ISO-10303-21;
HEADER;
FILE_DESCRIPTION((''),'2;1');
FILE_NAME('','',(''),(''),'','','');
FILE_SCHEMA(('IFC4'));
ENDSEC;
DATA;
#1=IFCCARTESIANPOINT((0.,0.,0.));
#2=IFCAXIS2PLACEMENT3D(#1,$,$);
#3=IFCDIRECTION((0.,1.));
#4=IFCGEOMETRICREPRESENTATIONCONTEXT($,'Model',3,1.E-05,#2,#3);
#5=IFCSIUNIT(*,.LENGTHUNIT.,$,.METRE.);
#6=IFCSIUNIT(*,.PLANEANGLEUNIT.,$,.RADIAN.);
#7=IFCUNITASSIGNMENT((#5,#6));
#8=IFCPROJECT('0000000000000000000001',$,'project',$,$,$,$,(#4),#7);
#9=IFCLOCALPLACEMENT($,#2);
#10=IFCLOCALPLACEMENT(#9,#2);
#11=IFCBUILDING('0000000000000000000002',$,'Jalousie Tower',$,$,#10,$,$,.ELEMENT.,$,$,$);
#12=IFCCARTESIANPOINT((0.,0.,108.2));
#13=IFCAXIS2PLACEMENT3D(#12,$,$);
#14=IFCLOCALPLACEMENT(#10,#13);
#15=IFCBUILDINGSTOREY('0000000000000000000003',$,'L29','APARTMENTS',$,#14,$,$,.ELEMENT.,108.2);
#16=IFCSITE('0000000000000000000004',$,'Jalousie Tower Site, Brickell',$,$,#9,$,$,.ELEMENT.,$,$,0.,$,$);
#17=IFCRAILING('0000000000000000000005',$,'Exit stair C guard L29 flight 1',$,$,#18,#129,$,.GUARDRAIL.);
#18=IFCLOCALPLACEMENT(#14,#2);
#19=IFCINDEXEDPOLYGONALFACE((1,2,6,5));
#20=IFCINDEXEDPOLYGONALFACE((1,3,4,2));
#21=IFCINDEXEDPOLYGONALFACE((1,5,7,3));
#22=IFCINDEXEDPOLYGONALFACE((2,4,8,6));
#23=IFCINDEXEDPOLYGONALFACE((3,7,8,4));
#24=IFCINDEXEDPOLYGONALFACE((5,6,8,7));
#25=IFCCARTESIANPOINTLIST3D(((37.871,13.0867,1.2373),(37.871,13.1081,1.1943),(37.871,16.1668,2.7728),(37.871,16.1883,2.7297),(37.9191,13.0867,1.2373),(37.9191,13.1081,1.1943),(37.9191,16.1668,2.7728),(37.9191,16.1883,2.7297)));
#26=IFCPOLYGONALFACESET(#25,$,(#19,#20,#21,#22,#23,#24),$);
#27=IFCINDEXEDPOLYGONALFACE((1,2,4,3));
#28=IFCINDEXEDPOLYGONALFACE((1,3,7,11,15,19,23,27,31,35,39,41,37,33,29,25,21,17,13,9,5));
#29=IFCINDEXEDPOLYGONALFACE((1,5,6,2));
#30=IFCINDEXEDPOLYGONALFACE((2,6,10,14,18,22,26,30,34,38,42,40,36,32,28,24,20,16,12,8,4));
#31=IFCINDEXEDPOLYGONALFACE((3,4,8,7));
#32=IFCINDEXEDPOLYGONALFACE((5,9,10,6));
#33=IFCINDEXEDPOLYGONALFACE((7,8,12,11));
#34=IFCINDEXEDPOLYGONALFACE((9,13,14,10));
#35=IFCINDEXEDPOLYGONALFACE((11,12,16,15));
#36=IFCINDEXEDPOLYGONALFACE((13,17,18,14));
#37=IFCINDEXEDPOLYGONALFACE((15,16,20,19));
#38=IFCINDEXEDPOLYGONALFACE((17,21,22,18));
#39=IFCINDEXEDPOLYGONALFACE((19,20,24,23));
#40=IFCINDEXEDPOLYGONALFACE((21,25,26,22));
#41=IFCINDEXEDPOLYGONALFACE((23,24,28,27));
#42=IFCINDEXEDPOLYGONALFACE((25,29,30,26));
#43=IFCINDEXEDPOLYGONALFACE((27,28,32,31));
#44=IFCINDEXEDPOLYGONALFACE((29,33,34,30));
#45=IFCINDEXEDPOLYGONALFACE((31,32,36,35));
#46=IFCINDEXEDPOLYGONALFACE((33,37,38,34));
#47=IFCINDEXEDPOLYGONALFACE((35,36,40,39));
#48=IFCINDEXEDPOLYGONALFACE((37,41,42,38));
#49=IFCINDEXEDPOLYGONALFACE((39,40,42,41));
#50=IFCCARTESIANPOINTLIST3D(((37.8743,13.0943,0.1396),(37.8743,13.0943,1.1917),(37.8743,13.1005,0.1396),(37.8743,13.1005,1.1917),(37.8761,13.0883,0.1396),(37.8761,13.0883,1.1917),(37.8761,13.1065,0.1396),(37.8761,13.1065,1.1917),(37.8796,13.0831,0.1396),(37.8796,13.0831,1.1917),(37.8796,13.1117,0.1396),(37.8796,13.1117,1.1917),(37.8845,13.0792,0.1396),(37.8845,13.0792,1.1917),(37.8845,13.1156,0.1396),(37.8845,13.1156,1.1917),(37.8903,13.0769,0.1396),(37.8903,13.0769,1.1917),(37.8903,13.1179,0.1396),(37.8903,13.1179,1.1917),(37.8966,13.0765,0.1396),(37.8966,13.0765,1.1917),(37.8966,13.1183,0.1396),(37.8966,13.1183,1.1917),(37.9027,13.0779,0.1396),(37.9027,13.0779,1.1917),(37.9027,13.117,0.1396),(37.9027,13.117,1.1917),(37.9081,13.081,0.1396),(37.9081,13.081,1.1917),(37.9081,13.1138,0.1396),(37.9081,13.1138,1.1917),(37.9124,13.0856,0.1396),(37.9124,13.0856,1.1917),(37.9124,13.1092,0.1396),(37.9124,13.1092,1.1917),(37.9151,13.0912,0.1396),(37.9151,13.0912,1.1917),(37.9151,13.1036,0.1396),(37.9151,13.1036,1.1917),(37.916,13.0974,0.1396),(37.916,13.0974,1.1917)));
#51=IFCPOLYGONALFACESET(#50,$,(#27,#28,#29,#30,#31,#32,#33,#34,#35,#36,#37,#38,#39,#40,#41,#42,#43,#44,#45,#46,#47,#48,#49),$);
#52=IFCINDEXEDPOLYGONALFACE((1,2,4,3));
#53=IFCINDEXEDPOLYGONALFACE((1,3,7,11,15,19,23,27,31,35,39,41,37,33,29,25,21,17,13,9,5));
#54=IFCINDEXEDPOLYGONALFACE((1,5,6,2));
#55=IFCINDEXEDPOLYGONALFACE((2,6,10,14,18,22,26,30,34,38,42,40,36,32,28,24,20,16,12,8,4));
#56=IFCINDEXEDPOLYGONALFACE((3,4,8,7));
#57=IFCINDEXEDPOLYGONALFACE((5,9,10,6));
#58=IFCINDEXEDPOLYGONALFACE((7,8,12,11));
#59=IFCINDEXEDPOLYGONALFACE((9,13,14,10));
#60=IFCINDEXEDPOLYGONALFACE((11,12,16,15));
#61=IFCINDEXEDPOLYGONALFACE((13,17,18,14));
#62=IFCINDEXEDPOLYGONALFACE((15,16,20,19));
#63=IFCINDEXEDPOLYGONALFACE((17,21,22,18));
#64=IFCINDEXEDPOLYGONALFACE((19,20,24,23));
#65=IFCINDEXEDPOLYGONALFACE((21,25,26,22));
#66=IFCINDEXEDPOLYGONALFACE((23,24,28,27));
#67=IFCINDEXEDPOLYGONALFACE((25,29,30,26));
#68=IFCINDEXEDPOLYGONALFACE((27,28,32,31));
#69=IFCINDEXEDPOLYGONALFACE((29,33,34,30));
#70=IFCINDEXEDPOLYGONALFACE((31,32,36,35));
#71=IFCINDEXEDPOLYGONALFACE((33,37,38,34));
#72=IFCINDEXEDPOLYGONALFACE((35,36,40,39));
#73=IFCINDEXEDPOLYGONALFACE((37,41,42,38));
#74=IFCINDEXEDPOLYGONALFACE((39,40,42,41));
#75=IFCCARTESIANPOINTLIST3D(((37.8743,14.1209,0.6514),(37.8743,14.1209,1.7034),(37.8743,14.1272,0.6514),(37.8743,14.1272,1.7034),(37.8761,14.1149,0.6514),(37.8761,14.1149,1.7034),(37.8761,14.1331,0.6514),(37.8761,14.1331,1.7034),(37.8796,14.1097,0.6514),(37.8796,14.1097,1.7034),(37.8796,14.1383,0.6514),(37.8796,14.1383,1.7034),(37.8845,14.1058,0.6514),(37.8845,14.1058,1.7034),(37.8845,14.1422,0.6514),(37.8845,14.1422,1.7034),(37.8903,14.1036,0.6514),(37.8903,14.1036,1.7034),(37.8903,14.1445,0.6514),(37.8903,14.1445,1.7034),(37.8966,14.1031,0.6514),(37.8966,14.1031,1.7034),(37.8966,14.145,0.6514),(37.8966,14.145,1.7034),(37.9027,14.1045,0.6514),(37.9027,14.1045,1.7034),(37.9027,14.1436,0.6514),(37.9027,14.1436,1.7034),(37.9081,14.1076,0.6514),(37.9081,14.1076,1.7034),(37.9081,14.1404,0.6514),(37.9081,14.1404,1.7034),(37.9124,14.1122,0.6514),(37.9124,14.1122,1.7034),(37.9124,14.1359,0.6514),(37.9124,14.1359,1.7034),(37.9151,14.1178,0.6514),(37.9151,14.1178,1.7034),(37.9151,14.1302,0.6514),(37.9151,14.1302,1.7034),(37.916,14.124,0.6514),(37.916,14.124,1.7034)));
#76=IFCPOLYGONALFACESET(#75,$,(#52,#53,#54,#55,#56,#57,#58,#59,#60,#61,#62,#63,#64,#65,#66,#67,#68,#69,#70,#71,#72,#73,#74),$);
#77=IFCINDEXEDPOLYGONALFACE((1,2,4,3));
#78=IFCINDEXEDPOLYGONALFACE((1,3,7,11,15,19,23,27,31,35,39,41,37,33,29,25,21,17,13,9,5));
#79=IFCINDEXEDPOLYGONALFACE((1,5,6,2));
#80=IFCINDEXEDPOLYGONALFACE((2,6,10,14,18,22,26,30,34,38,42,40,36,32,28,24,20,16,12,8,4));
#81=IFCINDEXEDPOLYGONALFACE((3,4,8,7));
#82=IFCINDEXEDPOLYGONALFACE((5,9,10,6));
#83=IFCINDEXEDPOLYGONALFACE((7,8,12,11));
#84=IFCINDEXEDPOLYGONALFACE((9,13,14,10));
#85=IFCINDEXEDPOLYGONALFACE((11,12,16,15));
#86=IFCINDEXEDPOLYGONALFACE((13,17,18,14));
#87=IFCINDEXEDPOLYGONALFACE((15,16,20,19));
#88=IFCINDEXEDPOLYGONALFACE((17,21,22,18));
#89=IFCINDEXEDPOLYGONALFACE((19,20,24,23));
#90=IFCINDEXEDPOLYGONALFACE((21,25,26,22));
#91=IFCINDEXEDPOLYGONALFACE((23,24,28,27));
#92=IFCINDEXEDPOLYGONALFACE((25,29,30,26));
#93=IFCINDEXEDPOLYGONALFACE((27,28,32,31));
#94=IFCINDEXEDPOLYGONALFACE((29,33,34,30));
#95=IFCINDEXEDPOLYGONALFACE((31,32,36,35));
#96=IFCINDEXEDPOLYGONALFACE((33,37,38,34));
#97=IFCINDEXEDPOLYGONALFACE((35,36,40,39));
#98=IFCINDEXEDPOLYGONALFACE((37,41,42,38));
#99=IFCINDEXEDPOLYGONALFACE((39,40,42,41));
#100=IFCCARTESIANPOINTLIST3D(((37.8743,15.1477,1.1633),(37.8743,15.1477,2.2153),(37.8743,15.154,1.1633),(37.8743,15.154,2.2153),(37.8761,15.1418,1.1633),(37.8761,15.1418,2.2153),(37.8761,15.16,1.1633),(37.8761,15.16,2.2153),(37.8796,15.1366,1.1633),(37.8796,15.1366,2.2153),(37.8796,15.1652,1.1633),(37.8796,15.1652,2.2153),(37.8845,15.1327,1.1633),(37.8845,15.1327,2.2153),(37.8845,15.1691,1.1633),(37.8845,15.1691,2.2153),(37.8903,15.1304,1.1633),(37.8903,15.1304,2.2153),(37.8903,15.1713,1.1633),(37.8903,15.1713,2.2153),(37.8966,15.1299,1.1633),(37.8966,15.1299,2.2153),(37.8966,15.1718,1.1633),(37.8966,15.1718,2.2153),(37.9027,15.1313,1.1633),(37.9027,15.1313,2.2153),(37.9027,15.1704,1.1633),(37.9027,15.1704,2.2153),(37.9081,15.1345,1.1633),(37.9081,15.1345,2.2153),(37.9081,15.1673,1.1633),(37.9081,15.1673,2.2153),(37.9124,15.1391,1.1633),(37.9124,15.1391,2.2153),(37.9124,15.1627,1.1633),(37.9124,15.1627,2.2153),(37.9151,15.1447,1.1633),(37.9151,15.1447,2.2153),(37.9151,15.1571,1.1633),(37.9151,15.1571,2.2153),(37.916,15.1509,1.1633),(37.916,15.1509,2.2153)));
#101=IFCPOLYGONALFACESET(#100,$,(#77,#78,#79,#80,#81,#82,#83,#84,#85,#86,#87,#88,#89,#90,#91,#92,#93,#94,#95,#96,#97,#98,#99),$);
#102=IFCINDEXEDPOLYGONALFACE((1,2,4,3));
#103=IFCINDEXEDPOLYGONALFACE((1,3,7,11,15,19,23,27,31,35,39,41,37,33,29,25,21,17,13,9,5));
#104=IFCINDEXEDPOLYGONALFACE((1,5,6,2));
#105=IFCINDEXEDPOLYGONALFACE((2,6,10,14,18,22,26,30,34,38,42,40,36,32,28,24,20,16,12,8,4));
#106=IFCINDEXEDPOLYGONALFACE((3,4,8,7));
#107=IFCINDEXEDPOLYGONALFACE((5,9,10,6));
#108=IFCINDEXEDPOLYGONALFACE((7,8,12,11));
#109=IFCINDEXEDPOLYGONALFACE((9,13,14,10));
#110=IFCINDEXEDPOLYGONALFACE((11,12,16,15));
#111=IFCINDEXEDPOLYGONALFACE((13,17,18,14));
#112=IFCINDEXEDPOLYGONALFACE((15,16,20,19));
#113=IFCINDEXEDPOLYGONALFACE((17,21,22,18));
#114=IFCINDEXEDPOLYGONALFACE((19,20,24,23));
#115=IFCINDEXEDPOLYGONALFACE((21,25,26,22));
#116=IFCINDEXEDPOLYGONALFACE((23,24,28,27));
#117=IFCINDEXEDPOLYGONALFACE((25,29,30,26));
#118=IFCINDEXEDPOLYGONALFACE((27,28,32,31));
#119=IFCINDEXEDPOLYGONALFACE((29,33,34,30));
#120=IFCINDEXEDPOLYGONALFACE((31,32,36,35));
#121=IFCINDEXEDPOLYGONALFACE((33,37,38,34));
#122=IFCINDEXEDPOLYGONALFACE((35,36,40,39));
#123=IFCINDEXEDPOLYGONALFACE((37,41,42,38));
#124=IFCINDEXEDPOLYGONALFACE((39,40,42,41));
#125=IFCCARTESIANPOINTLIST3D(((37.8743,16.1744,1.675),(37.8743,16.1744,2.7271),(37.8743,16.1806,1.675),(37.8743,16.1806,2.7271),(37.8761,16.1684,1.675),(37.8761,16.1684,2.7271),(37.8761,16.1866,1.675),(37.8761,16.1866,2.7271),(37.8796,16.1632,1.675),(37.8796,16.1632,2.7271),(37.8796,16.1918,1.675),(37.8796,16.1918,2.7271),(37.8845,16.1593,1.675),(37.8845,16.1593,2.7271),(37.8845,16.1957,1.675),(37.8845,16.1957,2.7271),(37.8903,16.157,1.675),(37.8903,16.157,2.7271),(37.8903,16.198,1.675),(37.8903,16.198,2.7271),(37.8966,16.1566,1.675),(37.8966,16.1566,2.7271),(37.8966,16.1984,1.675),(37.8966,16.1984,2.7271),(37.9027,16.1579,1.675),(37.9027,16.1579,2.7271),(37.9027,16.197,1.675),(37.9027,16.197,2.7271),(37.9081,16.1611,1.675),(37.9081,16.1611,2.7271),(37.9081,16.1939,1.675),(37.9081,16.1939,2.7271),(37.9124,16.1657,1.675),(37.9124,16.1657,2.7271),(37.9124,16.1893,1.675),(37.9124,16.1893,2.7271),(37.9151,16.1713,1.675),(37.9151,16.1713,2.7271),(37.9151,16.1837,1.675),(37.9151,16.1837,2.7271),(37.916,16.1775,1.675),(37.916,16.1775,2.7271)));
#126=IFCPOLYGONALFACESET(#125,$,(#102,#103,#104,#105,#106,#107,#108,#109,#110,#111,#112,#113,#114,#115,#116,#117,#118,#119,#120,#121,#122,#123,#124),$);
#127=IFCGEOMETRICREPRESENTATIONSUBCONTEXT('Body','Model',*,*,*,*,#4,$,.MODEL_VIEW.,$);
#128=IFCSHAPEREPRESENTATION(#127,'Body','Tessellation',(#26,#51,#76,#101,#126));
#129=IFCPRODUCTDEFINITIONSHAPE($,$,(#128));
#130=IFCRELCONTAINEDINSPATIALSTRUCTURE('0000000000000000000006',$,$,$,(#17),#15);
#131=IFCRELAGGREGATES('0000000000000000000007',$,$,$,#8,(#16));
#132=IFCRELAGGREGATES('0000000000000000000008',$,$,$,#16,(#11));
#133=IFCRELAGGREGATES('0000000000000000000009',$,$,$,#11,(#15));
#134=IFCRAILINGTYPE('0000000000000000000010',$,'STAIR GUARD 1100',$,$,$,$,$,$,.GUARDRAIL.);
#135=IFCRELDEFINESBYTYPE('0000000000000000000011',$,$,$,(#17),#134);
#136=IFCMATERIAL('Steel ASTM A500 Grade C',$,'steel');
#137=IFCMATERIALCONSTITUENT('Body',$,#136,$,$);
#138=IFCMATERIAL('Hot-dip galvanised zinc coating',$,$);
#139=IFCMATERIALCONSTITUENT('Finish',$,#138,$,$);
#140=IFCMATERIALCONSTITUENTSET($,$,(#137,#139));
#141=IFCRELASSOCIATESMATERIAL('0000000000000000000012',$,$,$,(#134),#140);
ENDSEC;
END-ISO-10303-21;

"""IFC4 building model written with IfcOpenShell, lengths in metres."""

from ifc_helpers import new_model, si_unit, direction, frame, origin, origin_2d, place, context, subcontext, project, spatial, rectangle, circle, extrude, material, constituent, constituent_set, type_object, element, save


model = new_model("IFC4")

# Units and contexts
model_context = context("Model", 3, precision=1e-05, world=origin(), true_north=direction((0.0, 1.0)))
body_context = subcontext(model_context, "Body", "Model", "MODEL_VIEW")
ifc_project = project(units=[si_unit("LENGTHUNIT", "METRE"), si_unit("PLANEANGLEUNIT", "RADIAN")], contexts=[model_context])

# Site, building, storey
site_placement = place(None, origin())
site = spatial("IfcSite", under=ifc_project, at=site_placement, Name="Jalousie Tower Site, Brickell", CompositionType="ELEMENT", RefElevation=0.0)
building_placement = place(site_placement, origin())
building = spatial("IfcBuilding", under=site, at=building_placement, Name="Jalousie Tower", CompositionType="ELEMENT")
storey_placement = place(building_placement, frame((0.0, 0.0, 108.2)))
storey = spatial("IfcBuildingStorey", under=building, at=storey_placement, Name="L29", Description="APARTMENTS", CompositionType="ELEMENT", Elevation=108.2)

# Railing
ifc_material_1 = material(Name="Steel ASTM A500 Grade C", Category="steel")
ifc_constituent_1 = constituent(ifc_material_1, Name="Body")
ifc_material_2 = material(Name="Hot-dip galvanised zinc coating")
ifc_constituent_2 = constituent(ifc_material_2, Name="Finish")
ifc_constituent_set_1 = constituent_set(constituents=[ifc_constituent_1, ifc_constituent_2])
railing_type_1 = type_object("IfcRailingType", Name="STAIR GUARD 1100", PredefinedType="GUARDRAIL", material=ifc_constituent_set_1)
railing_1_placement = place(storey_placement, frame((37.895, 13.0974, 0.1396)))
element("IfcRailing", 1, at=railing_1_placement, inside=storey, type_object=railing_type_1, Name="Exit stair C guard L29 flight 1", PredefinedType="GUARDRAIL", context=body_context, shape_type="SweptSolid", body=[
    extrude(rectangle(XDim=0.0481, YDim=0.0481, at=origin_2d()), frame((0.0, 0.0, 1.0762), z_axis=(0.0, 0.894966, 0.446135), x_axis=(-1.0, 0.0, 0.0)), (0.0, 0.0, 1.0), 3.4417),
    extrude(circle(Radius=0.021, at=origin_2d()), origin(), (0.0, 0.0, 1.0), 1.052),
    extrude(circle(Radius=0.021, at=origin_2d()), frame((0.0, 1.0266, 0.5117)), (0.0, 0.0, 1.0), 1.052),
    extrude(circle(Radius=0.021, at=origin_2d()), frame((0.0, 2.0535, 1.0237)), (0.0, 0.0, 1.0), 1.052),
    extrude(circle(Radius=0.021, at=origin_2d()), frame((0.0, 3.0801, 1.5354)), (0.0, 0.0, 1.0), 1.052),
])

save(model, "model.ifc")
